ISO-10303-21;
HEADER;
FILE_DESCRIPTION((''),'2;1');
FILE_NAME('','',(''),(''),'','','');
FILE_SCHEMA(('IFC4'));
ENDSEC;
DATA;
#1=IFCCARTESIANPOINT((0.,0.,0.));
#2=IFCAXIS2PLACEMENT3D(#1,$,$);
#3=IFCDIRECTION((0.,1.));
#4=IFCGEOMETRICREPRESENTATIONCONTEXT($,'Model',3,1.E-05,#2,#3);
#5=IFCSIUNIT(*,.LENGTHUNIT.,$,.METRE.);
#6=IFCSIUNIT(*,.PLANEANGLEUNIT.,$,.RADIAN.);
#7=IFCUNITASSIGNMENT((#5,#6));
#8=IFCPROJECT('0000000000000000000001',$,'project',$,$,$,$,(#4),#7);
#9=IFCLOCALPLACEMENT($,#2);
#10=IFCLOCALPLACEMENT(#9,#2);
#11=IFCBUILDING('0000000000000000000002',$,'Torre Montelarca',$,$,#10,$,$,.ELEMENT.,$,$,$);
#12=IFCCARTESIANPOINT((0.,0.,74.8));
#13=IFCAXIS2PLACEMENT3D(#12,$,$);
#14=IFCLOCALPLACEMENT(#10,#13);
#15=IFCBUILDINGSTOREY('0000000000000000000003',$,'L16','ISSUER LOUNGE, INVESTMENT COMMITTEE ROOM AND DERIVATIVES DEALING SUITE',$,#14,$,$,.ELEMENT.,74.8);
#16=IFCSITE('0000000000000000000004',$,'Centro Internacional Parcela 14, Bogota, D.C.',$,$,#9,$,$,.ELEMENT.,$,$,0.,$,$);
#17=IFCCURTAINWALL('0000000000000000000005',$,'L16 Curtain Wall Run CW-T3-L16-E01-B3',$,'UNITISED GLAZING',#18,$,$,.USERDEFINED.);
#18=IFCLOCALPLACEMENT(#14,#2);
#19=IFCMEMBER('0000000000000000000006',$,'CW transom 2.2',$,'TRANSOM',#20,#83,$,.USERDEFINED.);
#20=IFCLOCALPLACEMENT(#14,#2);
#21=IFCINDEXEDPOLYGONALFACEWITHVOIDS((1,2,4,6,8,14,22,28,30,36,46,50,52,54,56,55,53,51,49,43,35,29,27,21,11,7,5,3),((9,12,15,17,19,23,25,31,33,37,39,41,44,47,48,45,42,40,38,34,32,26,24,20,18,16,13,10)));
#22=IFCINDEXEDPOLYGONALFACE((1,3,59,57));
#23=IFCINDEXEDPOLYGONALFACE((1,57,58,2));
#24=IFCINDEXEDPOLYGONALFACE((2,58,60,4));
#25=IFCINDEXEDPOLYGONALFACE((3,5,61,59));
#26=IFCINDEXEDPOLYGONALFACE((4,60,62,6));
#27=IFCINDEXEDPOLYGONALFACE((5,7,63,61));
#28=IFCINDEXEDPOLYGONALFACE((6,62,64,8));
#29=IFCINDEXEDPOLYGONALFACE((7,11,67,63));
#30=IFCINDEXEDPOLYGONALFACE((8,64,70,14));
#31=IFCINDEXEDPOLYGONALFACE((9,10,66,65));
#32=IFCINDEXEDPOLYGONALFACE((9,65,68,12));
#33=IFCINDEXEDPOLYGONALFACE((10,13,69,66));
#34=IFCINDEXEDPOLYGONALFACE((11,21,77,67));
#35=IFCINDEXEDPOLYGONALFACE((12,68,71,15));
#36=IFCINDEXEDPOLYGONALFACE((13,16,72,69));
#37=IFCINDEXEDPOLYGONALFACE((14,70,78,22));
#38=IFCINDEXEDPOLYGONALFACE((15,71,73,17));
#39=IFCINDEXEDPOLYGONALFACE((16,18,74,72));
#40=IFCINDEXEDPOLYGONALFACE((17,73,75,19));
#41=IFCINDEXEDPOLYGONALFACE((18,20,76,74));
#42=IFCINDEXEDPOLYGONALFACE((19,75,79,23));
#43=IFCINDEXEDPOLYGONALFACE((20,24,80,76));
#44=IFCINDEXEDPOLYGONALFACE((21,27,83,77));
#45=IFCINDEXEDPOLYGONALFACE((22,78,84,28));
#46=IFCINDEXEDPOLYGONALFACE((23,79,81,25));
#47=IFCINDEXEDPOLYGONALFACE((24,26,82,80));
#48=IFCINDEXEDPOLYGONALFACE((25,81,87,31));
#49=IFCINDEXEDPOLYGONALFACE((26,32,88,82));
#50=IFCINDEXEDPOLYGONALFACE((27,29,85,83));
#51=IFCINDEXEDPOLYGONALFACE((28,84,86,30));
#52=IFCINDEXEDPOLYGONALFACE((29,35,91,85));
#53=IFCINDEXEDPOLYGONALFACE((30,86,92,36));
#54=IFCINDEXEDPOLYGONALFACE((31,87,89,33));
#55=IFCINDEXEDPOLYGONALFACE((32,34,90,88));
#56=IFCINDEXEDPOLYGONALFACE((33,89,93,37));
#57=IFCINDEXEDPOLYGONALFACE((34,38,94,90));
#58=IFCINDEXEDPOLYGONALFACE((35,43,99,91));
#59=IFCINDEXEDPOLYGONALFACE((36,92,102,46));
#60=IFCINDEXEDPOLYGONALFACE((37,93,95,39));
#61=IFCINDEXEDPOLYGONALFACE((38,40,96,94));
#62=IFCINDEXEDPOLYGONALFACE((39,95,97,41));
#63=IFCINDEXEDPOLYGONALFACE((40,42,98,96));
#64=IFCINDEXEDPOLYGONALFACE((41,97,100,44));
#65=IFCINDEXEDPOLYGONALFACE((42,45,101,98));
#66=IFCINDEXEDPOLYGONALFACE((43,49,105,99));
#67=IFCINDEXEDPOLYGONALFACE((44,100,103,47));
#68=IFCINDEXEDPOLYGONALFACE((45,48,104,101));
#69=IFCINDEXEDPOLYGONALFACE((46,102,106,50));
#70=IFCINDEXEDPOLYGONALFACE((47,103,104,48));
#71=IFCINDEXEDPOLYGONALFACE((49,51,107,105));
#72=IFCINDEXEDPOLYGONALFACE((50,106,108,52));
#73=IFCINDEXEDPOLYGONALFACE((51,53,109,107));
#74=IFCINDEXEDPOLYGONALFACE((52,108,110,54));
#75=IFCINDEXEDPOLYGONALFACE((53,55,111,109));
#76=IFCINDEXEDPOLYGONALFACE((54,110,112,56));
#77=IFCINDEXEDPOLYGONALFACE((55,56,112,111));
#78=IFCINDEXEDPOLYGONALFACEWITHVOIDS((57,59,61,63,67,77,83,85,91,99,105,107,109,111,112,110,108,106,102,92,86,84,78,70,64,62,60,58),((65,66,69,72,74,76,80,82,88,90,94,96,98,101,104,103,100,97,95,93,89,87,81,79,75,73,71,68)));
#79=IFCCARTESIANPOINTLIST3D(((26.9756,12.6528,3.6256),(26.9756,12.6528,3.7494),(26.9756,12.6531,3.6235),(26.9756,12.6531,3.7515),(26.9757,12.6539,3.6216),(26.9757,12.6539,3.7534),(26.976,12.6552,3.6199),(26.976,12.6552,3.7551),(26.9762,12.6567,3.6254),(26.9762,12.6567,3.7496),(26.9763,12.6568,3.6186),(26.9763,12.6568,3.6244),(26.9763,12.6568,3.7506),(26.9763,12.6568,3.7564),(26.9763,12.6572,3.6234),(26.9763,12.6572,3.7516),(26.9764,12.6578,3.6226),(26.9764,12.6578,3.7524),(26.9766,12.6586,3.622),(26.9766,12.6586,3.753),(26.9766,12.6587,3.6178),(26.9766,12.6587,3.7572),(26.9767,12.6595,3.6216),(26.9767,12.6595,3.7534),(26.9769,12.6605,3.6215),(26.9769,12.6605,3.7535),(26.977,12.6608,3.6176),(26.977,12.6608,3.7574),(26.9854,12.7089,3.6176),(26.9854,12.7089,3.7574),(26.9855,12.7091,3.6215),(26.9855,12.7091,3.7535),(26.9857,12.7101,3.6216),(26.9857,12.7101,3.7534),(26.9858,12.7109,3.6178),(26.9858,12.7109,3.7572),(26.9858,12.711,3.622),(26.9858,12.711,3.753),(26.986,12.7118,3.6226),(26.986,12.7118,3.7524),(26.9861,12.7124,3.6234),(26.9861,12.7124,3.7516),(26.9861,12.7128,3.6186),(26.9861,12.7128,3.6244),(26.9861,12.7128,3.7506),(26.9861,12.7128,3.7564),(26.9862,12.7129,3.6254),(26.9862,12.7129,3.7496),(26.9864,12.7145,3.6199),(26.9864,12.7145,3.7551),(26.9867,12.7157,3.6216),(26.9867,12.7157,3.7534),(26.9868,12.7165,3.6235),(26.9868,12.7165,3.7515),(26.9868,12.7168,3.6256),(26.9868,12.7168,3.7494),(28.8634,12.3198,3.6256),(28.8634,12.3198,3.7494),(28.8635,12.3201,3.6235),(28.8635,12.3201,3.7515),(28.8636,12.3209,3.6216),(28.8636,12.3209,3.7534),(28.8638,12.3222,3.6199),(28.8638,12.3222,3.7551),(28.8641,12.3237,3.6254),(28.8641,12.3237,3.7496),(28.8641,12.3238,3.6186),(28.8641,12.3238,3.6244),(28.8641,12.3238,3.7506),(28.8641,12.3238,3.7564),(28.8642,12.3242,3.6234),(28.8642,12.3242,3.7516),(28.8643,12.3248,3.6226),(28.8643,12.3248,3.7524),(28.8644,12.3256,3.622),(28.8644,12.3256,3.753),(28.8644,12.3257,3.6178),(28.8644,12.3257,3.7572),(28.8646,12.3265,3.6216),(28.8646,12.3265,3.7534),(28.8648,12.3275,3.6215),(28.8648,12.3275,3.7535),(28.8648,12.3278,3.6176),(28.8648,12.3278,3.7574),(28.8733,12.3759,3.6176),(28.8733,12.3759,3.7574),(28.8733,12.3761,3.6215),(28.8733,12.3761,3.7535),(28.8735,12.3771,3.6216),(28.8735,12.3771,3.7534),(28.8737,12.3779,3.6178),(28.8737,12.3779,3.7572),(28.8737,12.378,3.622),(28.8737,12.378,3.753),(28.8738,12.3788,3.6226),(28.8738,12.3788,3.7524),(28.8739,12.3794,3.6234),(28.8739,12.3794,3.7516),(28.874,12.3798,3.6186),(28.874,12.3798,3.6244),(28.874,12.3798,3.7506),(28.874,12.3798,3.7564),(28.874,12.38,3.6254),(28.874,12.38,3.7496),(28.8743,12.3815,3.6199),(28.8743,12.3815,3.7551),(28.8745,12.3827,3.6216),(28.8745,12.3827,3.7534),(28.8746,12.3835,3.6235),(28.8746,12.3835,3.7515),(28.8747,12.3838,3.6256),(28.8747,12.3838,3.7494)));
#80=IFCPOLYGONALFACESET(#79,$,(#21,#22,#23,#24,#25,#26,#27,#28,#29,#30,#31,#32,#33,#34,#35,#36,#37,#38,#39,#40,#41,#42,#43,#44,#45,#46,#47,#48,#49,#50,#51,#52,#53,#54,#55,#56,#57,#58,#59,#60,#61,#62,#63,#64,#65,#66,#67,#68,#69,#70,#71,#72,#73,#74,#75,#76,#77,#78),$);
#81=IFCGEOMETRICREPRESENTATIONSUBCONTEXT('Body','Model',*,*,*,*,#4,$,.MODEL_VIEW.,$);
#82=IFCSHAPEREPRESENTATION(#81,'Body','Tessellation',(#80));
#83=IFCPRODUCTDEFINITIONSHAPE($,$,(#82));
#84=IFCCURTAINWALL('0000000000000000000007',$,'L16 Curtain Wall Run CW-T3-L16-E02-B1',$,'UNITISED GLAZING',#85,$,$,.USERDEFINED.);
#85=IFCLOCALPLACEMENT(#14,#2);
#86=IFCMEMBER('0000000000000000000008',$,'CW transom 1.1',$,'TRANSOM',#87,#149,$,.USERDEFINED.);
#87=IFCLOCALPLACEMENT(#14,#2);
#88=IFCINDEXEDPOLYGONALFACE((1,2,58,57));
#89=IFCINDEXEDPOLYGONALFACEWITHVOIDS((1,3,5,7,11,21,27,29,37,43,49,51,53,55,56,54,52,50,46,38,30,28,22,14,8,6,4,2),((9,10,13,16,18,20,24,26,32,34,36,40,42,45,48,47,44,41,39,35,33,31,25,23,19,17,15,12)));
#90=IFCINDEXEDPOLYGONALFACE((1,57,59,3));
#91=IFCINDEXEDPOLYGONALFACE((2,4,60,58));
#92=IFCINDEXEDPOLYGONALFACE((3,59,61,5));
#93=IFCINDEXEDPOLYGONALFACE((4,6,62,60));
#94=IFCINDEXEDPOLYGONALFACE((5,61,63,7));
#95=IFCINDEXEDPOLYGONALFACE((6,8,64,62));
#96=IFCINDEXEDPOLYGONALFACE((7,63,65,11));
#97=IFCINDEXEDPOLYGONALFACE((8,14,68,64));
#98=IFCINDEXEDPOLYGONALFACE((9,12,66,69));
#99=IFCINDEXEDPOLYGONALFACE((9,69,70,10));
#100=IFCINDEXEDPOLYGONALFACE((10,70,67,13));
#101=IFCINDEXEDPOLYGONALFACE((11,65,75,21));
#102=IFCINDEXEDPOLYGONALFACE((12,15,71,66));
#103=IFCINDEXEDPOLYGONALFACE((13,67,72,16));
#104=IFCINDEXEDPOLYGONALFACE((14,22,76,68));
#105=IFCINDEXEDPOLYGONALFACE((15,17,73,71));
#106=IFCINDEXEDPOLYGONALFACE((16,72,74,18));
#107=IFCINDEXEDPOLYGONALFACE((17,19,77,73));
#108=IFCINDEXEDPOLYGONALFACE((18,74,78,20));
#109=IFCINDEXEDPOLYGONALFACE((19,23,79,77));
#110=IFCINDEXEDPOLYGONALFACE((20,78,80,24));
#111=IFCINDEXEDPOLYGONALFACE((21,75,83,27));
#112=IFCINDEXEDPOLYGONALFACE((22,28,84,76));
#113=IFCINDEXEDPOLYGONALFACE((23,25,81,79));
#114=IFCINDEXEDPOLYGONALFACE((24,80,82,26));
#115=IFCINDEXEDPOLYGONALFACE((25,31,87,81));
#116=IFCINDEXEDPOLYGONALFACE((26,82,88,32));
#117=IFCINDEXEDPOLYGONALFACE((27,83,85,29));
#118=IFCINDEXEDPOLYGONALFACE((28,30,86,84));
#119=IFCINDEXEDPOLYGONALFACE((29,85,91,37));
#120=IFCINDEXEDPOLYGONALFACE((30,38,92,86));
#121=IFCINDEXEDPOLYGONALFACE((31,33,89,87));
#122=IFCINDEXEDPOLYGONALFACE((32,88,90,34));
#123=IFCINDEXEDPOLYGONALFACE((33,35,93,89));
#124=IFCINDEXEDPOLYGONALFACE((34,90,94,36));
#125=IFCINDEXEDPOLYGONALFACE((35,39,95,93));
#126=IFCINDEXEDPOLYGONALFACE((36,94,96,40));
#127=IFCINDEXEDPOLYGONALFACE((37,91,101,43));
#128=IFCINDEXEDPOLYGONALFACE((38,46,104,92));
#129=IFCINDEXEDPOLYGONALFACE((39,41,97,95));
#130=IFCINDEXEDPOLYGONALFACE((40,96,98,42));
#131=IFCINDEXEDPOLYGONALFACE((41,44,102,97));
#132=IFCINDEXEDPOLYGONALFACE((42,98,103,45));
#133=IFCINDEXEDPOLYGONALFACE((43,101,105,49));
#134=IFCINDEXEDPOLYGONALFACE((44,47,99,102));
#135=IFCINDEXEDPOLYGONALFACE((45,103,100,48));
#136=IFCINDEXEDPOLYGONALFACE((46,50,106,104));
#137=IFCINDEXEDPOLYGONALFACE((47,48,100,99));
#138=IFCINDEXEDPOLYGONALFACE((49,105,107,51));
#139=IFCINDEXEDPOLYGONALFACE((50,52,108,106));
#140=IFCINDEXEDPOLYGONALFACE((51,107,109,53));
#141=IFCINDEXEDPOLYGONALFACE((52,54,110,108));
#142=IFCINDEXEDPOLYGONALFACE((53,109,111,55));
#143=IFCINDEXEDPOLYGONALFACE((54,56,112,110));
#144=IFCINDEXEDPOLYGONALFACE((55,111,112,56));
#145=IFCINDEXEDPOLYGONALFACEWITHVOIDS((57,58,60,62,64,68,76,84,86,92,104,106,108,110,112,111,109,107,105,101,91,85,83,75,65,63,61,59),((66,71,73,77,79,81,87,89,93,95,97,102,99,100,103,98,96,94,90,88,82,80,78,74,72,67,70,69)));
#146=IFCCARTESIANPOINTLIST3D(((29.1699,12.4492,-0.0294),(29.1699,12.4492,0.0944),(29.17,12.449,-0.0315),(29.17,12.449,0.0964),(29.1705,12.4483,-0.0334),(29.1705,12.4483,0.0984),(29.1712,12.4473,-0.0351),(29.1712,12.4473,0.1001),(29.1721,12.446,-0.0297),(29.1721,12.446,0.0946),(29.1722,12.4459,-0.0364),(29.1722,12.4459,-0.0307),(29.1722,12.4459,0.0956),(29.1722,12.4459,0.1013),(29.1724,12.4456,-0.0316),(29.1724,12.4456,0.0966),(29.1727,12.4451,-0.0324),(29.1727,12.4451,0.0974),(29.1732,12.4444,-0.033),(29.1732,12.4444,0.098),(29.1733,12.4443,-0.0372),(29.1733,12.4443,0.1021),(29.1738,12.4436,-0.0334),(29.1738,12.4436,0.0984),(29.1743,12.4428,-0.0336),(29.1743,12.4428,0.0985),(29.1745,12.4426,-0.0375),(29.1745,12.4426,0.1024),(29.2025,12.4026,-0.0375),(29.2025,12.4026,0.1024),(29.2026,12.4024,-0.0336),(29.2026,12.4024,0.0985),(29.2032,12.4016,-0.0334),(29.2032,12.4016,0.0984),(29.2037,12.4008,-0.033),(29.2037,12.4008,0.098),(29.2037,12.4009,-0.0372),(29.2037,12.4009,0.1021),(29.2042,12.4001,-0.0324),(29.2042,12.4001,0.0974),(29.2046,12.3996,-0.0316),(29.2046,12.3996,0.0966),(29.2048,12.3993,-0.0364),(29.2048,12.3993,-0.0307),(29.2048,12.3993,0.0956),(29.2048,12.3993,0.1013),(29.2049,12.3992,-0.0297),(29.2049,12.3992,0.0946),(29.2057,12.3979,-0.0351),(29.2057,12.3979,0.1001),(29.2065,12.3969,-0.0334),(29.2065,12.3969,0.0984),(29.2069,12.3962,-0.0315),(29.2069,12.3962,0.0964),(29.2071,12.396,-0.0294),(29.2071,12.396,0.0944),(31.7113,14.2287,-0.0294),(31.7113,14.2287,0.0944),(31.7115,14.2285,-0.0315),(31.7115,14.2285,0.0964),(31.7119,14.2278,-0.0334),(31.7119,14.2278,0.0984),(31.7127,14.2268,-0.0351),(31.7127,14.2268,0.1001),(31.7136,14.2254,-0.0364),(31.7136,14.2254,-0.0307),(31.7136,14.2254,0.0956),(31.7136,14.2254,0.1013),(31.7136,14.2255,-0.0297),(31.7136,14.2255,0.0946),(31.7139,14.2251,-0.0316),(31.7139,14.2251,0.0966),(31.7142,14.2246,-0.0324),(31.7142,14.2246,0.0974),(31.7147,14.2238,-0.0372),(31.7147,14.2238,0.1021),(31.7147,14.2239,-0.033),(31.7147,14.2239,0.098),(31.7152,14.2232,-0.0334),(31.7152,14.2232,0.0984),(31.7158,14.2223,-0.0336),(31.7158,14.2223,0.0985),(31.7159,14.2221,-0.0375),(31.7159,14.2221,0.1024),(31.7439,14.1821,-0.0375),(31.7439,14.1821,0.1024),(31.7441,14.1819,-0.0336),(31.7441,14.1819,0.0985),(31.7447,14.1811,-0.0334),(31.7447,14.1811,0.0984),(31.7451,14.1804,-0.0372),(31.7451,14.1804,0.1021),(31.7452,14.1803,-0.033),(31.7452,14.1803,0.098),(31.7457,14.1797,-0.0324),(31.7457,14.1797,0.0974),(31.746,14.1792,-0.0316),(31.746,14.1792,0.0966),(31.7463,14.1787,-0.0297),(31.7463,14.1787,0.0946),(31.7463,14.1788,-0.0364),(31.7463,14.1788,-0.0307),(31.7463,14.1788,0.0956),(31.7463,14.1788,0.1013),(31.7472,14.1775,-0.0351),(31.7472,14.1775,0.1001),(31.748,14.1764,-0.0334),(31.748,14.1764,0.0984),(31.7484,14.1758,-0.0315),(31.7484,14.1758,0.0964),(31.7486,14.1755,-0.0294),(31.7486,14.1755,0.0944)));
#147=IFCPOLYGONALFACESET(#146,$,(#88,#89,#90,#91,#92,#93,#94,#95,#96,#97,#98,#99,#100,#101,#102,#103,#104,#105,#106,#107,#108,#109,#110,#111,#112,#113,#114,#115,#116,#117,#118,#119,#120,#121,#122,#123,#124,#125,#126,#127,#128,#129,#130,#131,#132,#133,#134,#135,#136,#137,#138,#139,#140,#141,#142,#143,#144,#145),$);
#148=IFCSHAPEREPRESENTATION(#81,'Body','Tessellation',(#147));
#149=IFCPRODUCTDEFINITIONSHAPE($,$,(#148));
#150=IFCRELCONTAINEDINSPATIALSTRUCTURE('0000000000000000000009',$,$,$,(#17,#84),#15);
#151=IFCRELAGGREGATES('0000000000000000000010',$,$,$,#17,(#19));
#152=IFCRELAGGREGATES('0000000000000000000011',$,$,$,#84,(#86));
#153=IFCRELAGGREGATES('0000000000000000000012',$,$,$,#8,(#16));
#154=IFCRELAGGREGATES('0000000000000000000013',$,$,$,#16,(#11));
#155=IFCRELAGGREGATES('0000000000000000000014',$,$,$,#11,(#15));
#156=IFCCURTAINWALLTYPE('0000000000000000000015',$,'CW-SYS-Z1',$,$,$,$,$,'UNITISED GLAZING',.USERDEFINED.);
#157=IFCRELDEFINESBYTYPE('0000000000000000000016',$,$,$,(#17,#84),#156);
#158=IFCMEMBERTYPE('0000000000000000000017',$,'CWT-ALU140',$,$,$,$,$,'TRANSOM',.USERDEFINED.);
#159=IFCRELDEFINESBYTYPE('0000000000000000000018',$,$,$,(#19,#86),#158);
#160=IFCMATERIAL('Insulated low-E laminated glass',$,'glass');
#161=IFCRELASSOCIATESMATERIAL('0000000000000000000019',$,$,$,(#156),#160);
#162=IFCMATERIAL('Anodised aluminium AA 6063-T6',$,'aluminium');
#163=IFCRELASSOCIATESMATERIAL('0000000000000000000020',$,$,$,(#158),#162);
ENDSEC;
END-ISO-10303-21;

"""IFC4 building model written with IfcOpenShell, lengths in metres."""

from ifc_helpers import new_model, si_unit, direction, frame, origin, origin_2d, place, context, subcontext, project, spatial, hollow_rectangle, extrude, source, transform, mapped, material, material_profile, profile_set, type_object, element, aggregate, save


model = new_model("IFC4")

# Units and contexts
model_context = context("Model", 3, precision=1e-05, world=origin(), true_north=direction((0.0, 1.0)))
body_context = subcontext(model_context, "Body", "Model", "MODEL_VIEW")
ifc_project = project(units=[si_unit("LENGTHUNIT", "METRE"), si_unit("PLANEANGLEUNIT", "RADIAN")], contexts=[model_context])

# Site, building, storey
site_placement = place(None, origin())
site = spatial("IfcSite", under=ifc_project, at=site_placement, Name="Centro Internacional Parcela 14, Bogota, D.C.", CompositionType="ELEMENT", RefElevation=0.0)
building_placement = place(site_placement, origin())
building = spatial("IfcBuilding", under=site, at=building_placement, Name="Torre Montelarca", CompositionType="ELEMENT")
storey_placement = place(building_placement, frame((0.0, 0.0, 74.8)))
storey = spatial("IfcBuildingStorey", under=building, at=storey_placement, Name="L16", Description="ISSUER LOUNGE, INVESTMENT COMMITTEE ROOM AND DERIVATIVES DEALING SUITE", CompositionType="ELEMENT", Elevation=74.8)

# Curtain walls, members
ifc_material_1 = material(Name="Insulated low-E laminated glass", Category="glass")
curtain_wall_type = type_object("IfcCurtainWallType", Name="CW-SYS-Z1", ElementType="UNITISED GLAZING", PredefinedType="USERDEFINED", material=ifc_material_1)
curtain_wall_1_placement = place(storey_placement, origin())
curtain_wall_1 = element("IfcCurtainWall", 1, at=curtain_wall_1_placement, inside=storey, type_object=curtain_wall_type, Name="L16 Curtain Wall Run CW-T3-L16-E01-B3", ObjectType="UNITISED GLAZING", PredefinedType="USERDEFINED")
ifc_material_2 = material(Name="Anodised aluminium AA 6063-T6", Category="aluminium")
ifc_material_profile_1 = material_profile(ifc_material_2, hollow_rectangle(XDim=0.0649, YDim=0.1399, WallThickness=0.0039, InnerFilletRadius=0.0039, OuterFilletRadius=0.0081, at=origin_2d()), Name="ALU65X140X4", Category="aluminium")
ifc_profile_set_1 = profile_set([ifc_material_profile_1], Name="Anodised aluminium AA 6063-T6")
member_type_1 = type_object("IfcMemberType", Name="CWT-ALU140", ElementType="TRANSOM", PredefinedType="USERDEFINED", material=ifc_profile_set_1)
shared_shape_1 = source(origin(), body_context, "Body", "SweptSolid", [
    extrude(hollow_rectangle(XDim=0.0649, YDim=0.1399, WallThickness=0.0039, InnerFilletRadius=0.0039, OuterFilletRadius=0.0081, at=origin_2d()), origin(), (0.0, 0.0, 1.0), 1.917),
])
member_1_placement = place(storey_placement, frame((26.9812, 12.6848, 3.6875), z_axis=(0.984798, -0.173705, 0.0), x_axis=(0.173705, 0.984798, 0.0)))
member_1 = element("IfcMember", 2, at=member_1_placement, type_object=member_type_1, Name="CW transom 2.2", ObjectType="TRANSOM", PredefinedType="USERDEFINED", context=body_context, shape_type="MappedRepresentation", body=[
    mapped(shared_shape_1, transform((0.0, 0.0, 0.0), scale=1.0)),
])
curtain_wall_2_placement = place(storey_placement, origin())
curtain_wall_2 = element("IfcCurtainWall", 3, at=curtain_wall_2_placement, inside=storey, type_object=curtain_wall_type, Name="L16 Curtain Wall Run CW-T3-L16-E02-B1", ObjectType="UNITISED GLAZING", PredefinedType="USERDEFINED")
shared_shape_2 = source(origin(), body_context, "Body", "SweptSolid", [
    extrude(hollow_rectangle(XDim=0.0649, YDim=0.1399, WallThickness=0.0039, InnerFilletRadius=0.0039, OuterFilletRadius=0.0081, at=origin_2d()), origin(), (0.0, 0.0, 1.0), 3.1025),
])
member_2_placement = place(storey_placement, frame((29.1885, 12.4226, 0.0325), z_axis=(0.819158, 0.573568, 0.0), x_axis=(-0.573568, 0.819158, 0.0)))
member_2 = element("IfcMember", 4, at=member_2_placement, type_object=member_type_1, Name="CW transom 1.1", ObjectType="TRANSOM", PredefinedType="USERDEFINED", context=body_context, shape_type="MappedRepresentation", body=[
    mapped(shared_shape_2, transform((0.0, 0.0, 0.0), scale=1.0)),
])

aggregate(curtain_wall_1, [member_1])
aggregate(curtain_wall_2, [member_2])

save(model, "model.ifc")
